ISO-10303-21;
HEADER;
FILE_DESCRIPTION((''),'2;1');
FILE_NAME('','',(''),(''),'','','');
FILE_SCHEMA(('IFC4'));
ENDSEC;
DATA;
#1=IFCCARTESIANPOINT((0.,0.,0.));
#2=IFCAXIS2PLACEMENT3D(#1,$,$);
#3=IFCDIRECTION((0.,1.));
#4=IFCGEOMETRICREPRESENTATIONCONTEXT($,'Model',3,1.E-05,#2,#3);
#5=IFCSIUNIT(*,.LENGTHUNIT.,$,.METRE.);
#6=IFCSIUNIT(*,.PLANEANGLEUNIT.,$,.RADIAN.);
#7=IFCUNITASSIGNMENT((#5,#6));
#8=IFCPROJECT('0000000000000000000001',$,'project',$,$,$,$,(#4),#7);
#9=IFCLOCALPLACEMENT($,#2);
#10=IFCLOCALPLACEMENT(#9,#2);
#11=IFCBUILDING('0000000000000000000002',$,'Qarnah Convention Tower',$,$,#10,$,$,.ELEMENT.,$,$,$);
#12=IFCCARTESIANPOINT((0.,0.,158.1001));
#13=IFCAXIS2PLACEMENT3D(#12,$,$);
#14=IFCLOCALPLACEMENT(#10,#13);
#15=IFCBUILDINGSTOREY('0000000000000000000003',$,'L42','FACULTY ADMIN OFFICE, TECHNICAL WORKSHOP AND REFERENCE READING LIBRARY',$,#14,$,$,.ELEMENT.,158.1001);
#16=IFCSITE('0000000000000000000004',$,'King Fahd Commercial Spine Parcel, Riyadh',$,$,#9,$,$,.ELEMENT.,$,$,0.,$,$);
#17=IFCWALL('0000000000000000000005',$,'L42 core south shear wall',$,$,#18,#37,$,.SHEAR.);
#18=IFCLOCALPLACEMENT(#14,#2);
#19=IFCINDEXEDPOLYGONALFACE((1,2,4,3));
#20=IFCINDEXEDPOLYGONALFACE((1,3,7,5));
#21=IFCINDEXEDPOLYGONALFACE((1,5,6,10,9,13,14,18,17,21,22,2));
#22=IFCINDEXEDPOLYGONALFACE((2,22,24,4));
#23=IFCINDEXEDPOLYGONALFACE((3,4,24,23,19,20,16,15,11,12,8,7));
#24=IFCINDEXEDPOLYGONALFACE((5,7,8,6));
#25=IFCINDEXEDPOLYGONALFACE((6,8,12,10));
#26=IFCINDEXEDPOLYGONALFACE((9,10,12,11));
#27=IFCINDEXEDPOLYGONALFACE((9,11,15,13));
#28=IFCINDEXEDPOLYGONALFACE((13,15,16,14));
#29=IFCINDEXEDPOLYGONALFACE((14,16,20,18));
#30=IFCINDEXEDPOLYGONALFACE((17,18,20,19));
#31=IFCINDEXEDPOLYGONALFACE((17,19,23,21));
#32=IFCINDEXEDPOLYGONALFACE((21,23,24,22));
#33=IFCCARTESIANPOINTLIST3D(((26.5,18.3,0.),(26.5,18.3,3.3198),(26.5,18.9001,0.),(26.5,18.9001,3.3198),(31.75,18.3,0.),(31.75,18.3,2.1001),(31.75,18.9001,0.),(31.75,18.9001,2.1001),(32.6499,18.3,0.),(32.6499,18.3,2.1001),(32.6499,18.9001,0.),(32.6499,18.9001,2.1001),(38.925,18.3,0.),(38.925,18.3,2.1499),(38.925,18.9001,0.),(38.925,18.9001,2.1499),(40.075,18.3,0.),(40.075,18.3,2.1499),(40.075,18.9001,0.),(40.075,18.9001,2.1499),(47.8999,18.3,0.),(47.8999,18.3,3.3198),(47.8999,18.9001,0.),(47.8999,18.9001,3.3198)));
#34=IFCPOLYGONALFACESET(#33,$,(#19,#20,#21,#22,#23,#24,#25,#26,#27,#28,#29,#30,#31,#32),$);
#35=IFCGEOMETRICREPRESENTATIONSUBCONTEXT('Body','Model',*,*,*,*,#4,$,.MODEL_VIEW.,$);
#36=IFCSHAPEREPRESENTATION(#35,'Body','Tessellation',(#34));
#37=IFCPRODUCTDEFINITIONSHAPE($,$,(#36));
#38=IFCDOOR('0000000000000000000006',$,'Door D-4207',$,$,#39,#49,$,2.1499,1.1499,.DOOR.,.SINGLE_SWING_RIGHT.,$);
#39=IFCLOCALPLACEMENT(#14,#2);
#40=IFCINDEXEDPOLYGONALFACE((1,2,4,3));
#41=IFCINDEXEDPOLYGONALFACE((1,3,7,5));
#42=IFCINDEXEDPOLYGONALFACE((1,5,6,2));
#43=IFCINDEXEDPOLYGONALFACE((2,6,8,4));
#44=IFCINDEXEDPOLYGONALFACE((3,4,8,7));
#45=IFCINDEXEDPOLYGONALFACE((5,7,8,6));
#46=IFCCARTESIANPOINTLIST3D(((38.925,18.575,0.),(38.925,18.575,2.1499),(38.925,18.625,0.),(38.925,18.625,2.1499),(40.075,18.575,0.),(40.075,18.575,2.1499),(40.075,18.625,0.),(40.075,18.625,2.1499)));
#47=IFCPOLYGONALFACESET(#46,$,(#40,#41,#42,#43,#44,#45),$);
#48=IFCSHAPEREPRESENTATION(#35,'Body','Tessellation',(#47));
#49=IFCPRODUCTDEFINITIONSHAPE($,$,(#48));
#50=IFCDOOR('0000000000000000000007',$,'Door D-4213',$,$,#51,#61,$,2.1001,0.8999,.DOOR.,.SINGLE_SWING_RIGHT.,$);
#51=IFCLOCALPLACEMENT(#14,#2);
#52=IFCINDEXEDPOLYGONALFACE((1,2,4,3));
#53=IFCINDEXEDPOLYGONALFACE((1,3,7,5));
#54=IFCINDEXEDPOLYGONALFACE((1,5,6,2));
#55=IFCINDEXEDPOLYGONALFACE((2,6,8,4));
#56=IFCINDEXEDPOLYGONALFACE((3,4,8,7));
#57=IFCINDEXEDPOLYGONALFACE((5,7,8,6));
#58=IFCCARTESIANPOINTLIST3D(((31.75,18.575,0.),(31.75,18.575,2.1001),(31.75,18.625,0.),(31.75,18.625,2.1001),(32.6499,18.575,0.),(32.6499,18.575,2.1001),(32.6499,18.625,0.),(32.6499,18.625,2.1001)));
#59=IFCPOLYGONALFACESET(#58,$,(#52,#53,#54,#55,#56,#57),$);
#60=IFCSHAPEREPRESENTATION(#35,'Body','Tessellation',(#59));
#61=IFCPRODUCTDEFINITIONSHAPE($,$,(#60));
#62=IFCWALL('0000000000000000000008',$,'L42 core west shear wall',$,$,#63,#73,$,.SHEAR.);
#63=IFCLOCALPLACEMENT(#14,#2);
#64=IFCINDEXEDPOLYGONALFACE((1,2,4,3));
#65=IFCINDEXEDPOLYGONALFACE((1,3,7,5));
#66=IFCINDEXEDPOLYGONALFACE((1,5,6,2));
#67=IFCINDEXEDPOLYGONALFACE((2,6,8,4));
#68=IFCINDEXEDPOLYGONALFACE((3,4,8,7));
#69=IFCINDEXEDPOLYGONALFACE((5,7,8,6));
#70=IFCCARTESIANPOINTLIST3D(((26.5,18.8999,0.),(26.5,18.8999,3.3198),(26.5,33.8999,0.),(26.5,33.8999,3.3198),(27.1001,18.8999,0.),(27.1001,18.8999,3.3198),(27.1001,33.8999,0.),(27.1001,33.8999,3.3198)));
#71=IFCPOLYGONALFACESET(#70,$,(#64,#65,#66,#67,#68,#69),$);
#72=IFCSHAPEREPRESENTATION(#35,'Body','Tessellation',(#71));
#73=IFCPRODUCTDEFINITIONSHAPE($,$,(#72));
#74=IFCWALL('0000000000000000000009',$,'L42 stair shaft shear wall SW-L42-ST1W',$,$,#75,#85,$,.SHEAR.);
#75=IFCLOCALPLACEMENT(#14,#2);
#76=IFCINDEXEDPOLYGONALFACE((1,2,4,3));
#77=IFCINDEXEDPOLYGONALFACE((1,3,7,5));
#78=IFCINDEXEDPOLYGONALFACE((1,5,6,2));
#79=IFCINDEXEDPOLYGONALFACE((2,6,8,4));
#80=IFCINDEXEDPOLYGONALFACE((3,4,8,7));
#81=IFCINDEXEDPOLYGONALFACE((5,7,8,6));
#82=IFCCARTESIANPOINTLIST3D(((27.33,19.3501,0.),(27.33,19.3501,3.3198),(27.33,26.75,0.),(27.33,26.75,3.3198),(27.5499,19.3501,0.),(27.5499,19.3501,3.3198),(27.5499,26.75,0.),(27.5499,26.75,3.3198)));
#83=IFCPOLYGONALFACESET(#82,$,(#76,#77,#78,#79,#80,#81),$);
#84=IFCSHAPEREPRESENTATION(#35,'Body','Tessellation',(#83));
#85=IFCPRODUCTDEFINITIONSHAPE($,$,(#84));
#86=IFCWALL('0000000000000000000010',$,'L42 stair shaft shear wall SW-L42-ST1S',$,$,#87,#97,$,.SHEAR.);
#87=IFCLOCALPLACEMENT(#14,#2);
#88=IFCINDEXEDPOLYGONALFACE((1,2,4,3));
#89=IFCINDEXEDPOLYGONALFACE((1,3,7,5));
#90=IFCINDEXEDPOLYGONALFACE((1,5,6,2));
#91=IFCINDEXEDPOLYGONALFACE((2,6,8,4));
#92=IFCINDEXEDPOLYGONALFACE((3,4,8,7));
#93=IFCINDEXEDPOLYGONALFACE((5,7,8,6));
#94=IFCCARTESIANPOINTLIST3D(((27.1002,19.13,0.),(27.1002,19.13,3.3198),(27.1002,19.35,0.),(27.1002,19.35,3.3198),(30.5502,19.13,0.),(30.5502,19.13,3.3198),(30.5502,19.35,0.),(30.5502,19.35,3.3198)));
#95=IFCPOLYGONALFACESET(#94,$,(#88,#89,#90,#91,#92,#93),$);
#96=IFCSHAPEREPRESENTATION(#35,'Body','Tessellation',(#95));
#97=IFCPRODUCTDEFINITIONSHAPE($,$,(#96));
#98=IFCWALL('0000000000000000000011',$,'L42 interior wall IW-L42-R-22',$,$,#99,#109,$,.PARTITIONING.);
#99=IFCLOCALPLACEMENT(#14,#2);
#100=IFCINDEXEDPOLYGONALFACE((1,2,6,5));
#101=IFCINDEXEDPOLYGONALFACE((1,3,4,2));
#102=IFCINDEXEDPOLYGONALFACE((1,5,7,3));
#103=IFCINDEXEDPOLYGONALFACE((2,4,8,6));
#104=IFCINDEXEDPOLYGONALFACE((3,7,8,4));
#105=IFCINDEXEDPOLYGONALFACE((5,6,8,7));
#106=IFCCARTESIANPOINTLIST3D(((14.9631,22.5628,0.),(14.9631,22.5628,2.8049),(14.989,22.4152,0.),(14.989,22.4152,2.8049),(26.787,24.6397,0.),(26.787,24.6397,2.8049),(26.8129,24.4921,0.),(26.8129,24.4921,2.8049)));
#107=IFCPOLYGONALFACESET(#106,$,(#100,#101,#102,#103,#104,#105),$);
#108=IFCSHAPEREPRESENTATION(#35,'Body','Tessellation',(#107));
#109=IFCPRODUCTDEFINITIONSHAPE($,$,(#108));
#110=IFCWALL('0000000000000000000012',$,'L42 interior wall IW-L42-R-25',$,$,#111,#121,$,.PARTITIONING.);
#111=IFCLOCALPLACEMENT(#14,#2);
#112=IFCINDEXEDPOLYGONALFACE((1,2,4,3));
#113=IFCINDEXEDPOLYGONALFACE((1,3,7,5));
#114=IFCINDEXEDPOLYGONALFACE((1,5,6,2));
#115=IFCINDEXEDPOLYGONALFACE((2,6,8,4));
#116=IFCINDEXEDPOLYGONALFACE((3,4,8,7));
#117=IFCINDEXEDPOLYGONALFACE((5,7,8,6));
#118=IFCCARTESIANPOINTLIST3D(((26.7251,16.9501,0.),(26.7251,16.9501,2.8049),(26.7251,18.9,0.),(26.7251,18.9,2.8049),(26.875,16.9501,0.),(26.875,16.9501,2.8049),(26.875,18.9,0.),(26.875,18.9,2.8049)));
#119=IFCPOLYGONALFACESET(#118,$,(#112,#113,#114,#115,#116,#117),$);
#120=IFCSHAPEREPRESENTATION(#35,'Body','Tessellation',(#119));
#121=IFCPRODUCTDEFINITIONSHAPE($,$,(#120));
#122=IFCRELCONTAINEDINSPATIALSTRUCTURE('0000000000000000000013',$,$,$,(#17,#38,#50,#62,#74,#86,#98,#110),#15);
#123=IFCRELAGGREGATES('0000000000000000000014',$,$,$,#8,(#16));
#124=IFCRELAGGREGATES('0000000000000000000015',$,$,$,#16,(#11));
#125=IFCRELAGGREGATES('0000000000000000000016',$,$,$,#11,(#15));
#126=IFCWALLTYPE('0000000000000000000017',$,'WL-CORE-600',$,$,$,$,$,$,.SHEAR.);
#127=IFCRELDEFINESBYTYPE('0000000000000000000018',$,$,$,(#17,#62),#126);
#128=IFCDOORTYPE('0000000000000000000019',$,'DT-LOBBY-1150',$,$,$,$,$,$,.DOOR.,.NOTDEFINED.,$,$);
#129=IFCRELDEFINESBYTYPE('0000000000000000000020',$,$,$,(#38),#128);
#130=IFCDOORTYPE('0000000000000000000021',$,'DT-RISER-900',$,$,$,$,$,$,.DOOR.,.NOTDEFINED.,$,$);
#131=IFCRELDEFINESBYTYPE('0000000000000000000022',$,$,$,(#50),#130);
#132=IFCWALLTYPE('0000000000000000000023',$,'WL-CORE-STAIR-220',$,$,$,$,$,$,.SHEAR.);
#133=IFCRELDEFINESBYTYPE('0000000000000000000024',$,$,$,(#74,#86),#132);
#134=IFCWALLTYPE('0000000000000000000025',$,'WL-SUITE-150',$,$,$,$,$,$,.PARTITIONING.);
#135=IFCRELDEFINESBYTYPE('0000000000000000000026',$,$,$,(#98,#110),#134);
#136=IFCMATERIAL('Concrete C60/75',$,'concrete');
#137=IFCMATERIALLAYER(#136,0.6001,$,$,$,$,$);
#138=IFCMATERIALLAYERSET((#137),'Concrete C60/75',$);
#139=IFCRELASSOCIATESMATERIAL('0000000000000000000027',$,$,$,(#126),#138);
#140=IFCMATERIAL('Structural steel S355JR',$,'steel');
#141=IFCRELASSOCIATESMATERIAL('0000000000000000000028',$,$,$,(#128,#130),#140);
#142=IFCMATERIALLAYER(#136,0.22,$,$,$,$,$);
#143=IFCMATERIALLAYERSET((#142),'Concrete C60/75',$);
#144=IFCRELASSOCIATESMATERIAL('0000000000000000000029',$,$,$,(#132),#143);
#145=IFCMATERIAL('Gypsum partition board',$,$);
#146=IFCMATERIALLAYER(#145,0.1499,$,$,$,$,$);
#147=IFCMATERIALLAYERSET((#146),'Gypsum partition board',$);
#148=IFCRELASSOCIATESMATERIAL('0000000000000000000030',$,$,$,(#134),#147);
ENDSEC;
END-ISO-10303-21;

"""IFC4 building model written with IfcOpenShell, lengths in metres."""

from ifc_helpers import new_model, si_unit, direction, frame, frame_2d, origin, place, context, subcontext, project, spatial, rectangle, extrude, material, layer, layer_set, type_object, element, fill, save


model = new_model("IFC4")

# Units and contexts
model_context = context("Model", 3, precision=1e-05, world=origin(), true_north=direction((0.0, 1.0)))
body_context = subcontext(model_context, "Body", "Model", "MODEL_VIEW")
ifc_project = project(units=[si_unit("LENGTHUNIT", "METRE"), si_unit("PLANEANGLEUNIT", "RADIAN")], contexts=[model_context])

# Site, building, storey
site_placement = place(None, origin())
site = spatial("IfcSite", under=ifc_project, at=site_placement, Name="King Fahd Commercial Spine Parcel, Riyadh", CompositionType="ELEMENT", RefElevation=0.0)
building_placement = place(site_placement, origin())
building = spatial("IfcBuilding", under=site, at=building_placement, Name="Qarnah Convention Tower", CompositionType="ELEMENT")
storey_placement = place(building_placement, frame((0.0, 0.0, 158.1001)))
storey = spatial("IfcBuildingStorey", under=building, at=storey_placement, Name="L42", Description="FACULTY ADMIN OFFICE, TECHNICAL WORKSHOP AND REFERENCE READING LIBRARY", CompositionType="ELEMENT", Elevation=158.1001)

# Shared definitions
ifc_material_1 = material(Name="Concrete C60/75", Category="concrete")

# Shared definitions
ifc_material_2 = material(Name="Structural steel S355JR", Category="steel")

# Wall, openings, doors
ifc_layer_1 = layer(ifc_material_1, 0.6001)
ifc_layer_set_1 = layer_set([ifc_layer_1], Name="Concrete C60/75")
wall_type_1 = type_object("IfcWallType", Name="WL-CORE-600", PredefinedType="SHEAR", material=ifc_layer_set_1)
wall_1_placement = place(storey_placement, frame((26.5, 18.6001, 0.0), z_axis=(0.0, 0.0, 1.0), x_axis=(1.0, 0.0, 0.0)))
wall_1 = element("IfcWall", 1, at=wall_1_placement, inside=storey, type_object=wall_type_1, Name="L42 core south shear wall", PredefinedType="SHEAR", context=body_context, shape_type="SweptSolid", body=[
    extrude(rectangle(XDim=21.3999, YDim=0.6001, at=frame_2d((10.7, 0.0))), origin(), (0.0, 0.0, 1.0), 3.3198),
])
opening_1_placement = place(wall_1_placement, frame((12.425, 0.0, 0.0)))
opening_1 = element("IfcOpeningElement", 2, at=opening_1_placement, cuts=wall_1, PredefinedType="OPENING", context=body_context, shape_type="SweptSolid", body=[
    extrude(rectangle(XDim=1.1499, YDim=2.1499, at=frame_2d((0.575, 1.075))), frame((0.0, 0.3101, 0.0), z_axis=(0.0, -1.0, 0.0), x_axis=(1.0, 0.0, 0.0)), (0.0, 0.0, 1.0), 0.6201),
])
opening_2_placement = place(wall_1_placement, frame((5.25, 0.0, 0.0)))
opening_2 = element("IfcOpeningElement", 3, at=opening_2_placement, cuts=wall_1, PredefinedType="OPENING", context=body_context, shape_type="SweptSolid", body=[
    extrude(rectangle(XDim=0.8999, YDim=2.1001, at=frame_2d((0.45, 1.05))), frame((0.0, 0.3101, 0.0), z_axis=(0.0, -1.0, 0.0), x_axis=(1.0, 0.0, 0.0)), (0.0, 0.0, 1.0), 0.6201),
])
door_type_1 = type_object("IfcDoorType", Name="DT-LOBBY-1150", OperationType="NOTDEFINED", PredefinedType="DOOR", material=ifc_material_2)
door_1_placement = place(opening_1_placement, origin())
door_1 = element("IfcDoor", 4, at=door_1_placement, inside=storey, type_object=door_type_1, Name="Door D-4207", OperationType="SINGLE_SWING_RIGHT", OverallHeight=2.1499, OverallWidth=1.1499, PredefinedType="DOOR", context=body_context, shape_type="SweptSolid", body=[
    extrude(rectangle(XDim=1.1499, YDim=2.1499, at=frame_2d((0.575, 1.075))), frame((0.0, 0.0249, 0.0), z_axis=(0.0, -1.0, 0.0), x_axis=(1.0, 0.0, 0.0)), (0.0, 0.0, 1.0), 0.05),
])
fill(opening_1, door_1)
door_type_2 = type_object("IfcDoorType", Name="DT-RISER-900", OperationType="NOTDEFINED", PredefinedType="DOOR", material=ifc_material_2)
door_2_placement = place(opening_2_placement, origin())
door_2 = element("IfcDoor", 5, at=door_2_placement, inside=storey, type_object=door_type_2, Name="Door D-4213", OperationType="SINGLE_SWING_RIGHT", OverallHeight=2.1001, OverallWidth=0.8999, PredefinedType="DOOR", context=body_context, shape_type="SweptSolid", body=[
    extrude(rectangle(XDim=0.8999, YDim=2.1001, at=frame_2d((0.45, 1.05))), frame((0.0, 0.0249, 0.0), z_axis=(0.0, -1.0, 0.0), x_axis=(1.0, 0.0, 0.0)), (0.0, 0.0, 1.0), 0.05),
])
fill(opening_2, door_2)

# Walls
wall_2_placement = place(storey_placement, frame((26.8, 18.8999, 0.0), z_axis=(0.0, 0.0, 1.0), x_axis=(0.0, 1.0, 0.0)))
element("IfcWall", 6, at=wall_2_placement, inside=storey, type_object=wall_type_1, Name="L42 core west shear wall", PredefinedType="SHEAR", context=body_context, shape_type="SweptSolid", body=[
    extrude(rectangle(XDim=15.0, YDim=0.6001, at=frame_2d((7.5, 0.0))), origin(), (0.0, 0.0, 1.0), 3.3198),
])
ifc_layer_2 = layer(ifc_material_1, 0.22)
ifc_layer_set_2 = layer_set([ifc_layer_2], Name="Concrete C60/75")
wall_type_2 = type_object("IfcWallType", Name="WL-CORE-STAIR-220", PredefinedType="SHEAR", material=ifc_layer_set_2)
wall_3_placement = place(storey_placement, frame((27.4399, 19.3501, 0.0), z_axis=(0.0, 0.0, 1.0), x_axis=(0.0, 1.0, 0.0)))
element("IfcWall", 7, at=wall_3_placement, inside=storey, type_object=wall_type_2, Name="L42 stair shaft shear wall SW-L42-ST1W", PredefinedType="SHEAR", context=body_context, shape_type="SweptSolid", body=[
    extrude(rectangle(XDim=7.3999, YDim=0.22, at=frame_2d((3.7, 0.0))), origin(), (0.0, 0.0, 1.0), 3.3198),
])
wall_4_placement = place(storey_placement, frame((27.1001, 19.24, 0.0), z_axis=(0.0, 0.0, 1.0), x_axis=(1.0, 0.0, 0.0)))
element("IfcWall", 8, at=wall_4_placement, inside=storey, type_object=wall_type_2, Name="L42 stair shaft shear wall SW-L42-ST1S", PredefinedType="SHEAR", context=body_context, shape_type="SweptSolid", body=[
    extrude(rectangle(XDim=3.45, YDim=0.22, at=frame_2d((1.7251, 0.0))), origin(), (0.0, 0.0, 1.0), 3.3198),
])
ifc_material_3 = material(Name="Gypsum partition board")
ifc_layer_3 = layer(ifc_material_3, 0.1499)
ifc_layer_set_3 = layer_set([ifc_layer_3], Name="Gypsum partition board")
wall_type_3 = type_object("IfcWallType", Name="WL-SUITE-150", PredefinedType="PARTITIONING", material=ifc_layer_set_3)
wall_5_placement = place(storey_placement, frame((14.9761, 22.489, 0.0), z_axis=(0.0, 0.0, 1.0), x_axis=(0.984921, 0.173003, 0.0)))
element("IfcWall", 9, at=wall_5_placement, inside=storey, type_object=wall_type_3, Name="L42 interior wall IW-L42-R-22", PredefinedType="PARTITIONING", context=body_context, shape_type="SweptSolid", body=[
    extrude(rectangle(XDim=12.0049, YDim=0.1499, at=frame_2d((6.0024, 0.0))), origin(), (0.0, 0.0, 1.0), 2.8049),
])
wall_6_placement = place(storey_placement, frame((26.8, 16.95, 0.0), z_axis=(0.0, 0.0, 1.0), x_axis=(0.0, 1.0, 0.0)))
element("IfcWall", 10, at=wall_6_placement, inside=storey, type_object=wall_type_3, Name="L42 interior wall IW-L42-R-25", PredefinedType="PARTITIONING", context=body_context, shape_type="SweptSolid", body=[
    extrude(rectangle(XDim=1.95, YDim=0.1499, at=frame_2d((0.9751, 0.0))), origin(), (0.0, 0.0, 1.0), 2.8049),
])

save(model, "model.ifc")
